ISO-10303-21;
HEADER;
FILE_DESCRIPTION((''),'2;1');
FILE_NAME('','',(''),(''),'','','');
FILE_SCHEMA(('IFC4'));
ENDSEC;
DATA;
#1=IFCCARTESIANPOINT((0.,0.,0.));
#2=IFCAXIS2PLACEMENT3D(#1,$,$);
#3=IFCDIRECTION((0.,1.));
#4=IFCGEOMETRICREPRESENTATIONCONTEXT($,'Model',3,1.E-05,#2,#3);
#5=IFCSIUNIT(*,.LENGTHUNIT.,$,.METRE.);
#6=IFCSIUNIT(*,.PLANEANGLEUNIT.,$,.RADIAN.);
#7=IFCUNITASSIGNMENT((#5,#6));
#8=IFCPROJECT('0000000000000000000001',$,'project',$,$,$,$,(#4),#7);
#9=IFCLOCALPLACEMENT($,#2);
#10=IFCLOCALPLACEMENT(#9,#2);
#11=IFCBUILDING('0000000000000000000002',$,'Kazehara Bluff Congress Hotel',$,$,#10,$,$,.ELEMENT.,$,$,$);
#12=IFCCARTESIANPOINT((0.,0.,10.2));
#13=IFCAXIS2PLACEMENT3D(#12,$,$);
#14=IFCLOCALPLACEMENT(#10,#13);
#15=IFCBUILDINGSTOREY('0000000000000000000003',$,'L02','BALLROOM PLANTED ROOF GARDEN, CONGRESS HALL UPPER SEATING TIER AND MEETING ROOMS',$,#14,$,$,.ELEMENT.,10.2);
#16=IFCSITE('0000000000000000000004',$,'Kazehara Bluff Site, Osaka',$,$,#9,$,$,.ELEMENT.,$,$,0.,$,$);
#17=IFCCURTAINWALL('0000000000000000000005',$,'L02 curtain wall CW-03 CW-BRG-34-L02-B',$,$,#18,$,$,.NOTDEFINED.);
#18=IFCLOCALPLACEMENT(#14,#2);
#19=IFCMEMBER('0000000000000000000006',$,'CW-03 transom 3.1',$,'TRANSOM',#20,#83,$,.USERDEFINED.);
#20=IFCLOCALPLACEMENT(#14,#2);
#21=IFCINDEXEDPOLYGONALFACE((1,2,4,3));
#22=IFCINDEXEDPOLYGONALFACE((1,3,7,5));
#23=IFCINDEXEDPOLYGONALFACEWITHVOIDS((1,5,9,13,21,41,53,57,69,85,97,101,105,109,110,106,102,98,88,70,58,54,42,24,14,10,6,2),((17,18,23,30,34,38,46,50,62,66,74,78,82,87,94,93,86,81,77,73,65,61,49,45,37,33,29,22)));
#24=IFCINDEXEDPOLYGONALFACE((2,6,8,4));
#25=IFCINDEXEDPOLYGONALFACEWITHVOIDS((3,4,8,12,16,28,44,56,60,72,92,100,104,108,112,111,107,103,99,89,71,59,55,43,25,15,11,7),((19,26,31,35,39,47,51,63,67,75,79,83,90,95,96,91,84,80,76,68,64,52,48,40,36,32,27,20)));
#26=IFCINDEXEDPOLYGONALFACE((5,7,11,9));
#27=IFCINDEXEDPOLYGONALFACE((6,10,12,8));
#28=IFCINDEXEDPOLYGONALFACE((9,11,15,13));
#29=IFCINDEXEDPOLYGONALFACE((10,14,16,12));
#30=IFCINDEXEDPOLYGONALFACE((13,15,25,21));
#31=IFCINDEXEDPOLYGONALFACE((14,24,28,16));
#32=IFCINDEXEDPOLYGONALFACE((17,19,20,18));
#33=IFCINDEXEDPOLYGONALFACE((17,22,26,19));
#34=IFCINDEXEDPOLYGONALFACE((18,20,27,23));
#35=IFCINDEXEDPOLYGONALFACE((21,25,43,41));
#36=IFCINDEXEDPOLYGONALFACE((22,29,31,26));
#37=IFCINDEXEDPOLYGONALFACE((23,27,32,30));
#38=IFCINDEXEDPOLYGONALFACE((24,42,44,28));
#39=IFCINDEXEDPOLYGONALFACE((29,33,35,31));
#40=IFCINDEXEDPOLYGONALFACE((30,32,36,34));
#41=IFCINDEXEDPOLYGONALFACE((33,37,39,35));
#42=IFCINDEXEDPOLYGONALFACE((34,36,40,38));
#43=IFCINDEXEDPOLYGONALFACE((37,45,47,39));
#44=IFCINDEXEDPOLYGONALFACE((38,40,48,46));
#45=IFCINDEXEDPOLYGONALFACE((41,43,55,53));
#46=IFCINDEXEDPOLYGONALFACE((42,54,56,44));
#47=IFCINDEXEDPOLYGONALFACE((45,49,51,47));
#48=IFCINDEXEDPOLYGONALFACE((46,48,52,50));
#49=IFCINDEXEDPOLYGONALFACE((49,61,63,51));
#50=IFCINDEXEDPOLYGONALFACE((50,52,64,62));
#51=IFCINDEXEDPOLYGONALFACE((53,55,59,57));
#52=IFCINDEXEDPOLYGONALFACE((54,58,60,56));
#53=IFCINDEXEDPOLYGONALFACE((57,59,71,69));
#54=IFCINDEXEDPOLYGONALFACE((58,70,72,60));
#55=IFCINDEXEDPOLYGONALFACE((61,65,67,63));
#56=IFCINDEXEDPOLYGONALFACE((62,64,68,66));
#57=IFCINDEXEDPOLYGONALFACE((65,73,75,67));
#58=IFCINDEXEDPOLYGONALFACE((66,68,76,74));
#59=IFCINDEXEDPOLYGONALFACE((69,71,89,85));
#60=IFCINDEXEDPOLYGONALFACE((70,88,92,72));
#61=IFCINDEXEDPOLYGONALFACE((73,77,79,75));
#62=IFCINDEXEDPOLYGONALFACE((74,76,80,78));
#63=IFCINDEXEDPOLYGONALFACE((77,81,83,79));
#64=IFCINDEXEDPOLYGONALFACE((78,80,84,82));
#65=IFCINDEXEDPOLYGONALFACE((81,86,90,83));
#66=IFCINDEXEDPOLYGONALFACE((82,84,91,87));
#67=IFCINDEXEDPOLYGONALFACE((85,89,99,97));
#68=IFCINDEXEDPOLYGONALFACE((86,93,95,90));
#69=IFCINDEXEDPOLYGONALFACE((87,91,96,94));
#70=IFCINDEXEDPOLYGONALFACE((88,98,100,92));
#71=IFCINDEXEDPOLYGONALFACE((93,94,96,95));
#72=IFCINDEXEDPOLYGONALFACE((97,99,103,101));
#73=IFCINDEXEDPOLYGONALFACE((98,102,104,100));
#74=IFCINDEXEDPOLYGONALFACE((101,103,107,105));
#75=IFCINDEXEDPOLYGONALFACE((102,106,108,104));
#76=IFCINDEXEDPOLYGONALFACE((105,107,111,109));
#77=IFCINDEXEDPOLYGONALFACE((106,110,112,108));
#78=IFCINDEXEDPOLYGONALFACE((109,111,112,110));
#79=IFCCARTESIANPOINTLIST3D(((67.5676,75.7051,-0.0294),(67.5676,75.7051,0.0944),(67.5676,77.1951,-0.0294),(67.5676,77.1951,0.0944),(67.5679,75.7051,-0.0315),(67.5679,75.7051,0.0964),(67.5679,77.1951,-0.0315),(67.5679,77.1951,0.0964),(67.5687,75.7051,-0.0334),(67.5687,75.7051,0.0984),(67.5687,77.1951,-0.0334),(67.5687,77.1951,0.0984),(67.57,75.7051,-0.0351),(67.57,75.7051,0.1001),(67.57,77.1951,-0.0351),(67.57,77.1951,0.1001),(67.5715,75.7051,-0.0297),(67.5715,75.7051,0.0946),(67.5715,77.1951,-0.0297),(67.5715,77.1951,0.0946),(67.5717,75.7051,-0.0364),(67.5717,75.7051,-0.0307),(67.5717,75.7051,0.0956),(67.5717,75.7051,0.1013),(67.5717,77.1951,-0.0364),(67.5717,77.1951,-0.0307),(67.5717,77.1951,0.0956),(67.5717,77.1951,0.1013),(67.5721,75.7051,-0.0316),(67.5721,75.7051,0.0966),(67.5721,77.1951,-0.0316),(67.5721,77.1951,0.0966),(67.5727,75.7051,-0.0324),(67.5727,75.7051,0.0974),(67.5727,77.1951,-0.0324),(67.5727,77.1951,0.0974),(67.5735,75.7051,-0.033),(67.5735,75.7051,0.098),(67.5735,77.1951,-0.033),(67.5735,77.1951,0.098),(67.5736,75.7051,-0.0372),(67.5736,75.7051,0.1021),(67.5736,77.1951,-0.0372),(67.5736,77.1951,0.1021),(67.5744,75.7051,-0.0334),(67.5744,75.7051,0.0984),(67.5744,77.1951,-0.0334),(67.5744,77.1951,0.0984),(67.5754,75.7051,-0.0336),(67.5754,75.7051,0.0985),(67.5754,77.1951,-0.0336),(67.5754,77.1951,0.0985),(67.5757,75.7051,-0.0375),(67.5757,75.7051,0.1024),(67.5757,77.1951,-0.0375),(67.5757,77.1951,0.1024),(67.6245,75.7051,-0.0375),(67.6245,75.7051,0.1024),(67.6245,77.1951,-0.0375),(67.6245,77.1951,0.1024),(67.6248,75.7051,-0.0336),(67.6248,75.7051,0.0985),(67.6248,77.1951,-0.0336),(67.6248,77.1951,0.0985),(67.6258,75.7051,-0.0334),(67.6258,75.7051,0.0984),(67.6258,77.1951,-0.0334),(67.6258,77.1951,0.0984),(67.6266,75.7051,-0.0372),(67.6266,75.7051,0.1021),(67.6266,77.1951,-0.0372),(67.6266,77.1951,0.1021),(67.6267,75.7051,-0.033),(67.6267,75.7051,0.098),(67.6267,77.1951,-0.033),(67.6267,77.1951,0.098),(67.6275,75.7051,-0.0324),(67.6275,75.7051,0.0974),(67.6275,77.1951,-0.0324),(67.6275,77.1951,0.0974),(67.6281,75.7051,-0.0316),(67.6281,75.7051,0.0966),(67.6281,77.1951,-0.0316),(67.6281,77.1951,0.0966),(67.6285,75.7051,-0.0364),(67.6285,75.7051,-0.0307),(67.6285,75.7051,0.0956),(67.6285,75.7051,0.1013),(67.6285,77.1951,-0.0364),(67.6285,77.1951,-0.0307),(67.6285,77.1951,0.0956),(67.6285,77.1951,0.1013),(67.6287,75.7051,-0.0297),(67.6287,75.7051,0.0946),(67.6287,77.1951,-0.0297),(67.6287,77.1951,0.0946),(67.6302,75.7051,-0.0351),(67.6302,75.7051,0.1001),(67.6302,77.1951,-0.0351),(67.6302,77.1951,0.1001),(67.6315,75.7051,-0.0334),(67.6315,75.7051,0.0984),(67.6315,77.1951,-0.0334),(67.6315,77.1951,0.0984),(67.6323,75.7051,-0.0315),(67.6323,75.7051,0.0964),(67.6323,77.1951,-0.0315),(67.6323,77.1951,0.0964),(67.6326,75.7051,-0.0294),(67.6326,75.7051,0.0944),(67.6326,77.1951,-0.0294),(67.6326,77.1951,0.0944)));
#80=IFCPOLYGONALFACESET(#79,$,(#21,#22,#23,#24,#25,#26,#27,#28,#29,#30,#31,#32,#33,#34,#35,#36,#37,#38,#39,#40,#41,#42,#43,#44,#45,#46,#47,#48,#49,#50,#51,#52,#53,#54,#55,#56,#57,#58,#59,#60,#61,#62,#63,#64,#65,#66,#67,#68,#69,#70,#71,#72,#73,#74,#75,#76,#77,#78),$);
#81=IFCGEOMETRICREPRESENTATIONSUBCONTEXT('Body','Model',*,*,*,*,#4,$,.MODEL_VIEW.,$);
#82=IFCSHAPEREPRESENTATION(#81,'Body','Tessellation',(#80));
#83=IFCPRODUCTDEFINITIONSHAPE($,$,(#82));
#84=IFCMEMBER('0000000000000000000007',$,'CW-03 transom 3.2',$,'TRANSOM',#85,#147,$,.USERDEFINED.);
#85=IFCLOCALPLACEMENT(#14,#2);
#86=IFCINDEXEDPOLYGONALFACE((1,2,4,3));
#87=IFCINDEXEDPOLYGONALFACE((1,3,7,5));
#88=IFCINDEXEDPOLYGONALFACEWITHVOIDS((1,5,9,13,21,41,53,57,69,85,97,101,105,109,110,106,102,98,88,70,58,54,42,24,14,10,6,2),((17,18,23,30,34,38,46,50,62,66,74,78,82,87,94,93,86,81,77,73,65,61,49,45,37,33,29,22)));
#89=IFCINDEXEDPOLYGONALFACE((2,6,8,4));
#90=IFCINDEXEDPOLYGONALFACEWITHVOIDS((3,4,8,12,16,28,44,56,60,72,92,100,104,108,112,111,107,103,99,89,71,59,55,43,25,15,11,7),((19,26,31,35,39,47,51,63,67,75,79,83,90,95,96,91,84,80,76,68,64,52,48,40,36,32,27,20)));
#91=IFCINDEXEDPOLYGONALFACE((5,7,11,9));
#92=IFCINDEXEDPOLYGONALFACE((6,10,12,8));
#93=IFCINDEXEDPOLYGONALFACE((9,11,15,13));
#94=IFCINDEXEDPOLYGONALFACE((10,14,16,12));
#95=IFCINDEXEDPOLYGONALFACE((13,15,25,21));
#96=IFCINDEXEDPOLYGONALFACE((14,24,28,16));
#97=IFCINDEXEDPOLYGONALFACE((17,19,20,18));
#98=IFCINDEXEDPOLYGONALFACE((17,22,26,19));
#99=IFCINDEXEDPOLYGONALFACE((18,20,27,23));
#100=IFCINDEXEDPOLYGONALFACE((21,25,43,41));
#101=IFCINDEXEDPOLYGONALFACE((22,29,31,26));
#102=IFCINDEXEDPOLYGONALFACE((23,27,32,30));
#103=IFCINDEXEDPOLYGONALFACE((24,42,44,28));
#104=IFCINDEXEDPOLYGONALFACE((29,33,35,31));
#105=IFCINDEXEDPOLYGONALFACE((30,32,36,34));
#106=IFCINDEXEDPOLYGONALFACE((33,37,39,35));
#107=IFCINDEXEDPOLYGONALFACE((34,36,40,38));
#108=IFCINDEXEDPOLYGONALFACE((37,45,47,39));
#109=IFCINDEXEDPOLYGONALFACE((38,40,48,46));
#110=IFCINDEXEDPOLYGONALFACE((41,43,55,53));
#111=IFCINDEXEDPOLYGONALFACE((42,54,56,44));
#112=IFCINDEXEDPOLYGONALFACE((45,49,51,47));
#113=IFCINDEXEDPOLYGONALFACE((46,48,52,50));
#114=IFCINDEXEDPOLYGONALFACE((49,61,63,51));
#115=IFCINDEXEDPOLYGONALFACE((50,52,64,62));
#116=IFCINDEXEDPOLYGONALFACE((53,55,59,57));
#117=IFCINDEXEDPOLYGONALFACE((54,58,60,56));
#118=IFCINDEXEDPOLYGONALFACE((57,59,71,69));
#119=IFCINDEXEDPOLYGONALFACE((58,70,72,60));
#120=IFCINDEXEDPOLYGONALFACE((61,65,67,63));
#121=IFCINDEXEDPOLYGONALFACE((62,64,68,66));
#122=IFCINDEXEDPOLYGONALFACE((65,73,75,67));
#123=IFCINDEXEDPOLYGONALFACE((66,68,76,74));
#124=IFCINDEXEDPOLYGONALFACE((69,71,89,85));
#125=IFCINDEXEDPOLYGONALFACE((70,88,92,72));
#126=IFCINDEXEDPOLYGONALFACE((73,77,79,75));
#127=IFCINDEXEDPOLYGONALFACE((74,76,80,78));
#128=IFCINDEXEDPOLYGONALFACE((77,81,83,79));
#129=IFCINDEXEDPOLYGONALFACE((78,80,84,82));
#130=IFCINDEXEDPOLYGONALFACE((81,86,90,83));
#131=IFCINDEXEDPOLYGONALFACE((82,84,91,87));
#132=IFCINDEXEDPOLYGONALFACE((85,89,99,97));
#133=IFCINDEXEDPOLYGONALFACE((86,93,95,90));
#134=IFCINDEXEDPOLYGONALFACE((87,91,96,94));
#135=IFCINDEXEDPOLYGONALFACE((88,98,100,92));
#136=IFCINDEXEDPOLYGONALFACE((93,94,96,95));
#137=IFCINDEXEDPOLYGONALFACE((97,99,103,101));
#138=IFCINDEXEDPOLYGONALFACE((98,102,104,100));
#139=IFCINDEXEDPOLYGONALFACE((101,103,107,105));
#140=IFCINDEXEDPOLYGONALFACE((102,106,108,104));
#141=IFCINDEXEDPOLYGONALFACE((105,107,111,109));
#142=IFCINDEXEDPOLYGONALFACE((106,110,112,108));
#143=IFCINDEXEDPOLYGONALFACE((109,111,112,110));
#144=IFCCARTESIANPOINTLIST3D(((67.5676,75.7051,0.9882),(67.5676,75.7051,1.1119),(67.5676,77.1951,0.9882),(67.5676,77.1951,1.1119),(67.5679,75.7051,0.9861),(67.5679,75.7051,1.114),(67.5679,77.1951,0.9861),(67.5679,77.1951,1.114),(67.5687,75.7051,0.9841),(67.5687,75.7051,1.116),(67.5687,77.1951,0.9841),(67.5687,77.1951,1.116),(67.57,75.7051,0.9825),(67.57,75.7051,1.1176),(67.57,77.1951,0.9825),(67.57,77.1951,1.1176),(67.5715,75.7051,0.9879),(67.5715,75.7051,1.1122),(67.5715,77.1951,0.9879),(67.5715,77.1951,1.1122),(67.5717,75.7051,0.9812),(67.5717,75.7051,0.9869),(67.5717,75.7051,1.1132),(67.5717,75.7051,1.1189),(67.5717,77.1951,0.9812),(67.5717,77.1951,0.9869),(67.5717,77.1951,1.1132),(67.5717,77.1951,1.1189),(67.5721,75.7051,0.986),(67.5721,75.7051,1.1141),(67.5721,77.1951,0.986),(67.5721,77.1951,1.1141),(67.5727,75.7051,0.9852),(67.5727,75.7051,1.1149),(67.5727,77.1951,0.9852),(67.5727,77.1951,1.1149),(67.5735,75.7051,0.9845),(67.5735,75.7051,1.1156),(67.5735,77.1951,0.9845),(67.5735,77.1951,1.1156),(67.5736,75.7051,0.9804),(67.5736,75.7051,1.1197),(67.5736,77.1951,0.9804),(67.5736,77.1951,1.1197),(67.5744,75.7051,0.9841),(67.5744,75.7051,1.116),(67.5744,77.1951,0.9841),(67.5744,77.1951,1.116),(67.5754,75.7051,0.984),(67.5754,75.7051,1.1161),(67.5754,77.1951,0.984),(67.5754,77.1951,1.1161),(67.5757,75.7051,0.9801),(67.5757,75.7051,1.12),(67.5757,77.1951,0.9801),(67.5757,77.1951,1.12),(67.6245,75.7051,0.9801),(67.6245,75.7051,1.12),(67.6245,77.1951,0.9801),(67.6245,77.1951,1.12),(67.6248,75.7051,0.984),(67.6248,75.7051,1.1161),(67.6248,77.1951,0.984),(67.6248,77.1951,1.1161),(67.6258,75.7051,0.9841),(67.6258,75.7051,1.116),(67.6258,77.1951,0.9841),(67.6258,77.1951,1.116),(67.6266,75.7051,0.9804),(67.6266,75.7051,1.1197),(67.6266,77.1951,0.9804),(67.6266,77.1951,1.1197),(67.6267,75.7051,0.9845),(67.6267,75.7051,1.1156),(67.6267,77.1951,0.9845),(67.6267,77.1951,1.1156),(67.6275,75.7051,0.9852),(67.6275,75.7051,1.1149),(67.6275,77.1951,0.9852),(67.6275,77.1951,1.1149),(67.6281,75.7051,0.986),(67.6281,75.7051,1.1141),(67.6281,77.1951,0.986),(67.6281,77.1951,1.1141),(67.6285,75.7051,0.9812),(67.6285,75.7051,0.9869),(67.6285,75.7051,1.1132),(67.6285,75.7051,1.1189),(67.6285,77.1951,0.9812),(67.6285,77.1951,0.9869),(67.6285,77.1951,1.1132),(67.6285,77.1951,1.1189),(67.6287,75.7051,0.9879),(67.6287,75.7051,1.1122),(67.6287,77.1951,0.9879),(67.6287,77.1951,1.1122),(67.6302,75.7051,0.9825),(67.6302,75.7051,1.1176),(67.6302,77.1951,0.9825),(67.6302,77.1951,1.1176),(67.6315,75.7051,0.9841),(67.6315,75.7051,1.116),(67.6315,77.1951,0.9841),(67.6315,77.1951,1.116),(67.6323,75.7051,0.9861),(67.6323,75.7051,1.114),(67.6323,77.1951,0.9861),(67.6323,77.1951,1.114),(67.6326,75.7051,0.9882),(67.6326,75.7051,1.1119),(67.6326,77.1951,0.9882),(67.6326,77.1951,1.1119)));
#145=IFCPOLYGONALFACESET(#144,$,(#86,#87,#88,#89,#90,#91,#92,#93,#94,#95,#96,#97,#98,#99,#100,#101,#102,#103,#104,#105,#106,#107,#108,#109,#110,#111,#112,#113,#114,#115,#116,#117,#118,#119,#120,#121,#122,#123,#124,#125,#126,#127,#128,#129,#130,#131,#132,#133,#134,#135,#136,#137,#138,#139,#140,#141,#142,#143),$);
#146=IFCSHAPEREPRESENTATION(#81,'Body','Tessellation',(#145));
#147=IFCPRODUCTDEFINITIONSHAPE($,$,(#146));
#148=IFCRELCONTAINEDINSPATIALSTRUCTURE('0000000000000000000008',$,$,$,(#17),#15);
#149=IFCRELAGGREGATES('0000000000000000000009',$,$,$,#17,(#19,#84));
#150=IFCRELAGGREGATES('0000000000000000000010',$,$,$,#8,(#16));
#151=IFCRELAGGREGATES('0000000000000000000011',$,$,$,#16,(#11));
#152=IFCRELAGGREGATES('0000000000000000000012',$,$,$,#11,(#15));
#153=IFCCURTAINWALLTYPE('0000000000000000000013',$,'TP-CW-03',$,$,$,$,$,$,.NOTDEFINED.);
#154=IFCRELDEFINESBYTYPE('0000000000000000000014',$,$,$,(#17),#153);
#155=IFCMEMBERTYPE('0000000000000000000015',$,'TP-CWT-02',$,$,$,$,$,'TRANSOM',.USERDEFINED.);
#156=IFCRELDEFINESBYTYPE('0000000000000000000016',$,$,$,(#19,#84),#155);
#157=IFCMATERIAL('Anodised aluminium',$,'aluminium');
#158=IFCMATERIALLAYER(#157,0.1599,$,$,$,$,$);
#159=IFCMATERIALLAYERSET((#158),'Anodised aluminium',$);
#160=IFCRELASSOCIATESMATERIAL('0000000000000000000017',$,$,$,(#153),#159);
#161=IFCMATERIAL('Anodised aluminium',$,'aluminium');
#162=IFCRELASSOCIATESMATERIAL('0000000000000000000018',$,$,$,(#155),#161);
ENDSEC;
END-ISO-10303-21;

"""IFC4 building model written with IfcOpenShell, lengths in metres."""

from ifc_helpers import new_model, si_unit, direction, frame, origin, origin_2d, place, context, subcontext, project, spatial, hollow_rectangle, extrude, material, layer, layer_set, material_profile, profile_set, type_object, element, aggregate, save


model = new_model("IFC4")

# Units and contexts
model_context = context("Model", 3, precision=1e-05, world=origin(), true_north=direction((0.0, 1.0)))
body_context = subcontext(model_context, "Body", "Model", "MODEL_VIEW")
ifc_project = project(units=[si_unit("LENGTHUNIT", "METRE"), si_unit("PLANEANGLEUNIT", "RADIAN")], contexts=[model_context])

# Site, building, storey
site_placement = place(None, origin())
site = spatial("IfcSite", under=ifc_project, at=site_placement, Name="Kazehara Bluff Site, Osaka", CompositionType="ELEMENT", RefElevation=0.0)
building_placement = place(site_placement, origin())
building = spatial("IfcBuilding", under=site, at=building_placement, Name="Kazehara Bluff Congress Hotel", CompositionType="ELEMENT")
storey_placement = place(building_placement, frame((0.0, 0.0, 10.2)))
storey = spatial("IfcBuildingStorey", under=building, at=storey_placement, Name="L02", Description="BALLROOM PLANTED ROOF GARDEN, CONGRESS HALL UPPER SEATING TIER AND MEETING ROOMS", CompositionType="ELEMENT", Elevation=10.2)

# Shared definitions
ifc_material_1 = material(Name="Anodised aluminium", Category="aluminium")
ifc_layer_1 = layer(ifc_material_1, 0.1599)
ifc_layer_set_1 = layer_set([ifc_layer_1], Name="Anodised aluminium")
curtain_wall_type = type_object("IfcCurtainWallType", Name="TP-CW-03", PredefinedType="NOTDEFINED", material=ifc_layer_set_1)

# Curtain wall
curtain_wall_1_placement = place(storey_placement, origin())
curtain_wall_1 = element("IfcCurtainWall", 1, at=curtain_wall_1_placement, inside=storey, type_object=curtain_wall_type, Name="L02 curtain wall CW-03 CW-BRG-34-L02-B", PredefinedType="NOTDEFINED")

# Members
ifc_material_2 = material(Name="Anodised aluminium", Category="aluminium")
ifc_material_profile_1 = material_profile(ifc_material_2, hollow_rectangle(XDim=0.0649, YDim=0.1399, WallThickness=0.0039, InnerFilletRadius=0.0039, OuterFilletRadius=0.0081, at=origin_2d()))
ifc_profile_set_1 = profile_set([ifc_material_profile_1], Name="Anodised aluminium")
member_type_1 = type_object("IfcMemberType", Name="TP-CWT-02", ElementType="TRANSOM", PredefinedType="USERDEFINED", material=ifc_profile_set_1)
member_1_placement = place(storey_placement, frame((67.6001, 75.7051, 0.0325), z_axis=(0.0, 1.0, 0.0), x_axis=(-1.0, 0.0, 0.0)))
member_1 = element("IfcMember", 2, at=member_1_placement, type_object=member_type_1, Name="CW-03 transom 3.1", ObjectType="TRANSOM", PredefinedType="USERDEFINED", context=body_context, shape_type="SweptSolid", body=[
    extrude(hollow_rectangle(XDim=0.0649, YDim=0.1399, WallThickness=0.0039, InnerFilletRadius=0.0039, OuterFilletRadius=0.0081, at=origin_2d()), origin(), (0.0, 0.0, 1.0), 1.49),
])
member_2_placement = place(storey_placement, frame((67.6001, 75.7051, 1.05), z_axis=(0.0, 1.0, 0.0), x_axis=(-1.0, 0.0, 0.0)))
member_2 = element("IfcMember", 3, at=member_2_placement, type_object=member_type_1, Name="CW-03 transom 3.2", ObjectType="TRANSOM", PredefinedType="USERDEFINED", context=body_context, shape_type="SweptSolid", body=[
    extrude(hollow_rectangle(XDim=0.0649, YDim=0.1399, WallThickness=0.0039, InnerFilletRadius=0.0039, OuterFilletRadius=0.0081, at=origin_2d()), origin(), (0.0, 0.0, 1.0), 1.49),
])

aggregate(curtain_wall_1, [member_1, member_2])

save(model, "model.ifc")
